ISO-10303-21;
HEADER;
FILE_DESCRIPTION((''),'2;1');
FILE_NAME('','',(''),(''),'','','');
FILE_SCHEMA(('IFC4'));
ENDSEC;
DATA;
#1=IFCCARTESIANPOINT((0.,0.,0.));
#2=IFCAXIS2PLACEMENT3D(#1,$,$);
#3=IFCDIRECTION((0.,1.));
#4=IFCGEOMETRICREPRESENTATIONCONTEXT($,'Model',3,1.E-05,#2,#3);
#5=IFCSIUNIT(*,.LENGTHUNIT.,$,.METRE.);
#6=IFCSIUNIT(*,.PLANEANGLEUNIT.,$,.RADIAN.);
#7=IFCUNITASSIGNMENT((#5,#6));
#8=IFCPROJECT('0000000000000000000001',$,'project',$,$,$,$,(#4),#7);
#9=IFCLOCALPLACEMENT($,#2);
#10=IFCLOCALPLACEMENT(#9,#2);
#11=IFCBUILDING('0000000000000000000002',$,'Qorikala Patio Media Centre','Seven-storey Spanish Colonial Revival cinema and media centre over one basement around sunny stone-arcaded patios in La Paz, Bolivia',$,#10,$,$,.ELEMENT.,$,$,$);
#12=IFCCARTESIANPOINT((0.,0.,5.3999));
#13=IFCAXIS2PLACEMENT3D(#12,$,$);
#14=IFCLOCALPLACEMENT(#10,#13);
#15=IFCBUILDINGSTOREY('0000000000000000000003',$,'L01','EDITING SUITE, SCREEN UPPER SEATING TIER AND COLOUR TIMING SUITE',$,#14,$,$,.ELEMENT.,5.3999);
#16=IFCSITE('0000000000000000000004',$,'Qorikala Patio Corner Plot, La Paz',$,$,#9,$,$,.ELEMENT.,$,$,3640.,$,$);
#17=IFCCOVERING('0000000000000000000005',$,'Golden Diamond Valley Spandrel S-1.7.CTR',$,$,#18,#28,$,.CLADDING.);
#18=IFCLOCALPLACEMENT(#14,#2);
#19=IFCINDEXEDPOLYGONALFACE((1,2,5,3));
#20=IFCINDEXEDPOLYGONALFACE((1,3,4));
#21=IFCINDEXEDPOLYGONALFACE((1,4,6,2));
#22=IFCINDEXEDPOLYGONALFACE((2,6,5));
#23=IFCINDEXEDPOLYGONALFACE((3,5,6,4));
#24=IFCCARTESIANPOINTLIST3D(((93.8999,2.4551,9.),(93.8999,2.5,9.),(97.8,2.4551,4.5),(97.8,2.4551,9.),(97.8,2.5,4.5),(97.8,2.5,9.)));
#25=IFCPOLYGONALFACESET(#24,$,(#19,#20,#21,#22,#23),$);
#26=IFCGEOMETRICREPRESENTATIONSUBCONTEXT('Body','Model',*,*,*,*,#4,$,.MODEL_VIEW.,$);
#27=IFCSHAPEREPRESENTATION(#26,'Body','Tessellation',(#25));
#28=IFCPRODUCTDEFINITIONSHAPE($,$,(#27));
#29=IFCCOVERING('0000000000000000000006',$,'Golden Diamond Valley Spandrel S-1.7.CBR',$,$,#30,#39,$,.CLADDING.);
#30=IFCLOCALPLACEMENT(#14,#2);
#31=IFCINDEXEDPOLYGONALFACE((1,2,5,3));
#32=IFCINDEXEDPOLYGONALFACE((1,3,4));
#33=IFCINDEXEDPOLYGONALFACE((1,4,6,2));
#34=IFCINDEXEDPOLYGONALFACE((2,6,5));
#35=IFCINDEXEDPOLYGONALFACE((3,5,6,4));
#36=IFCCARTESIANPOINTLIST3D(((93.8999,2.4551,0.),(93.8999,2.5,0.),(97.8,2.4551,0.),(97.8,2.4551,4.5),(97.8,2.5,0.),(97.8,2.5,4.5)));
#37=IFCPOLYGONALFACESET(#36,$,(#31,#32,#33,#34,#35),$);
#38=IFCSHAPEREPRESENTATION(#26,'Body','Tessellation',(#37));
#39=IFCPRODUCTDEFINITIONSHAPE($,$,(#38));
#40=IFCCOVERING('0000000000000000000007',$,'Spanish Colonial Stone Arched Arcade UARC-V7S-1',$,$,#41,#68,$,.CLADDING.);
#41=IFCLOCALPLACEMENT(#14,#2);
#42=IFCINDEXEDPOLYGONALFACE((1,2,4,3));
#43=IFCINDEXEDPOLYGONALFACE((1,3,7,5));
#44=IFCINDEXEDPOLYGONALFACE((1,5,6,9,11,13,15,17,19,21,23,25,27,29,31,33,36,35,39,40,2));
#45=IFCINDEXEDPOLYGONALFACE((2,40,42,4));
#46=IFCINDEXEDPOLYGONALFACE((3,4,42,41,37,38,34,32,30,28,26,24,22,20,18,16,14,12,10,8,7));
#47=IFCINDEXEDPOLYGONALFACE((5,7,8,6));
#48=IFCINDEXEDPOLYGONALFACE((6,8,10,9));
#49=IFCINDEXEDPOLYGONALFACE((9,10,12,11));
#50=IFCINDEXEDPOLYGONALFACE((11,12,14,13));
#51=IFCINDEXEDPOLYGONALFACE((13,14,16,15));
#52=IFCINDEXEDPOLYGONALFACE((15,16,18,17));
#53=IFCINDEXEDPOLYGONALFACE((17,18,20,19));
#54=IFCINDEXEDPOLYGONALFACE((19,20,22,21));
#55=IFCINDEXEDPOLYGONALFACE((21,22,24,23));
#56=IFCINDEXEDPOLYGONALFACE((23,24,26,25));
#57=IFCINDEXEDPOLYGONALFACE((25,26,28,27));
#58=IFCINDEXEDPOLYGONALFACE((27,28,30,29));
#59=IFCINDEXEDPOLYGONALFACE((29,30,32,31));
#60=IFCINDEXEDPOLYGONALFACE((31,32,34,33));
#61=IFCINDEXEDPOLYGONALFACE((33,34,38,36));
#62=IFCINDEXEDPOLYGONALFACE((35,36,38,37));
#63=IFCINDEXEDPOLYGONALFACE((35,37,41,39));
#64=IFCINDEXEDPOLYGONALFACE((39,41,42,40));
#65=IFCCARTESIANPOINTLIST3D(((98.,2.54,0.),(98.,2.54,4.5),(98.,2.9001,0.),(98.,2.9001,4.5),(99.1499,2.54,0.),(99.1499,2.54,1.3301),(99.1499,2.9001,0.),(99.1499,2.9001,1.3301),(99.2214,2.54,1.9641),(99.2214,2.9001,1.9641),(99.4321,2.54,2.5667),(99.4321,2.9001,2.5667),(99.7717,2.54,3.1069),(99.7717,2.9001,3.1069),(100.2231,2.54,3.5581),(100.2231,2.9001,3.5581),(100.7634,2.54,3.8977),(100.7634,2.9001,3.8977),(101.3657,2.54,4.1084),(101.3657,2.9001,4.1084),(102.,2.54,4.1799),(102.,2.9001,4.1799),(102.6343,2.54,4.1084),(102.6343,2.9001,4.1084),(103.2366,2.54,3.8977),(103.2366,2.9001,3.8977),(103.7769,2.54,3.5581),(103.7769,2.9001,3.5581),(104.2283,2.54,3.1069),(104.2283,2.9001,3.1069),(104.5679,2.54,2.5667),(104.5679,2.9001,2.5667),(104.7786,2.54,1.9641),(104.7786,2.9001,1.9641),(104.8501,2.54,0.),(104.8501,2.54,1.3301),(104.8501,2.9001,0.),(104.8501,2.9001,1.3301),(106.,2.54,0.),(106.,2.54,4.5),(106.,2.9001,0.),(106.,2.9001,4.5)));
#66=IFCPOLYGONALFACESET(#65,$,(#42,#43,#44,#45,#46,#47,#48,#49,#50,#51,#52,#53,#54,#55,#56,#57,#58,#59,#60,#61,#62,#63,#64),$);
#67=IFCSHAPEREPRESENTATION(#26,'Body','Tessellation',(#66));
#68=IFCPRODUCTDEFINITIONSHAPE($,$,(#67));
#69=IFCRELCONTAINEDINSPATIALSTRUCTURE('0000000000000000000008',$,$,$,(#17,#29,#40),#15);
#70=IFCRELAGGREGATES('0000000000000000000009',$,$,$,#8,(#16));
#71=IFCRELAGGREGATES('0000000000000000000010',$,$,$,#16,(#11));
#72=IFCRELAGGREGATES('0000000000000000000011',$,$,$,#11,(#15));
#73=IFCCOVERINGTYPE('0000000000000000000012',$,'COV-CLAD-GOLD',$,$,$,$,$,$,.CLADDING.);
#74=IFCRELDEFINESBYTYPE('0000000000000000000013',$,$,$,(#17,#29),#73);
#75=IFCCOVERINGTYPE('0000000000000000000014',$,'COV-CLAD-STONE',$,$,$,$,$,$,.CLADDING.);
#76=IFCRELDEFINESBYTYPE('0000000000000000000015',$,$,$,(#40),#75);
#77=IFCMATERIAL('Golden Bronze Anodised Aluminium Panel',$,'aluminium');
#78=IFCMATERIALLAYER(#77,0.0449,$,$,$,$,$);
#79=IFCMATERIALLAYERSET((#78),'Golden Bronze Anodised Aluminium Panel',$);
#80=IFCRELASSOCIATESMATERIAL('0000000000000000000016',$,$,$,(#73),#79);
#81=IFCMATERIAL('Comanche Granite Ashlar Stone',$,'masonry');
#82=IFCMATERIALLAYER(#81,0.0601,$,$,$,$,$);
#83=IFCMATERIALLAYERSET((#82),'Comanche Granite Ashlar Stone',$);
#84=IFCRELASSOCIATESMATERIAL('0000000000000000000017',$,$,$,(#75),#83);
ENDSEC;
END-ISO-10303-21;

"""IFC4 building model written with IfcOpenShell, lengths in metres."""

from ifc_helpers import new_model, si_unit, direction, frame, origin, place, context, subcontext, project, spatial, polyline, outline, extrude, material, layer, layer_set, type_object, element, save


model = new_model("IFC4")

# Units and contexts
model_context = context("Model", 3, precision=1e-05, world=origin(), true_north=direction((0.0, 1.0)))
body_context = subcontext(model_context, "Body", "Model", "MODEL_VIEW")
ifc_project = project(units=[si_unit("LENGTHUNIT", "METRE"), si_unit("PLANEANGLEUNIT", "RADIAN")], contexts=[model_context])

# Site, building, storey
site_placement = place(None, origin())
site = spatial("IfcSite", under=ifc_project, at=site_placement, Name="Qorikala Patio Corner Plot, La Paz", CompositionType="ELEMENT", RefElevation=3640.0)
building_placement = place(site_placement, origin())
building = spatial("IfcBuilding", under=site, at=building_placement, Name="Qorikala Patio Media Centre", Description="Seven-storey Spanish Colonial Revival cinema and media centre over one basement around sunny stone-arcaded patios in La Paz, Bolivia", CompositionType="ELEMENT")
storey_placement = place(building_placement, frame((0.0, 0.0, 5.3999)))
storey = spatial("IfcBuildingStorey", under=building, at=storey_placement, Name="L01", Description="EDITING SUITE, SCREEN UPPER SEATING TIER AND COLOUR TIMING SUITE", CompositionType="ELEMENT", Elevation=5.3999)

# Coverings
ifc_material_1 = material(Name="Golden Bronze Anodised Aluminium Panel", Category="aluminium")
ifc_layer_1 = layer(ifc_material_1, 0.0449)
ifc_layer_set_1 = layer_set([ifc_layer_1], Name="Golden Bronze Anodised Aluminium Panel")
covering_type_1 = type_object("IfcCoveringType", Name="COV-CLAD-GOLD", PredefinedType="CLADDING", material=ifc_layer_set_1)
covering_1_placement = place(storey_placement, frame((97.8, 2.5, 9.0), z_axis=(0.0, 1.0, 0.0), x_axis=(0.0, 0.0, -1.0)))
element("IfcCovering", 1, at=covering_1_placement, inside=storey, type_object=covering_type_1, Name="Golden Diamond Valley Spandrel S-1.7.CTR", PredefinedType="CLADDING", context=body_context, shape_type="SweptSolid", body=[
    extrude(outline(polyline([(0.0, 0.0), (4.5, 0.0), (0.0, 3.9001), (0.0, 0.0)])), origin(), (0.0, 0.0, -1.0), 0.0449),
])
covering_2_placement = place(storey_placement, frame((97.8, 2.5, 0.0), z_axis=(0.0, 1.0, 0.0), x_axis=(-1.0, 0.0, 0.0)))
element("IfcCovering", 2, at=covering_2_placement, inside=storey, type_object=covering_type_1, Name="Golden Diamond Valley Spandrel S-1.7.CBR", PredefinedType="CLADDING", context=body_context, shape_type="SweptSolid", body=[
    extrude(outline(polyline([(0.0, 0.0), (3.9001, 0.0), (0.0, 4.5), (0.0, 0.0)])), origin(), (0.0, 0.0, -1.0), 0.0449),
])
ifc_material_2 = material(Name="Comanche Granite Ashlar Stone", Category="masonry")
ifc_layer_2 = layer(ifc_material_2, 0.0601)
ifc_layer_set_2 = layer_set([ifc_layer_2], Name="Comanche Granite Ashlar Stone")
covering_type_2 = type_object("IfcCoveringType", Name="COV-CLAD-STONE", PredefinedType="CLADDING", material=ifc_layer_set_2)
covering_3_placement = place(storey_placement, frame((98.0, 2.72, 0.0), z_axis=(0.0, 0.0, 1.0), x_axis=(1.0, 0.0, 0.0)))
element("IfcCovering", 3, at=covering_3_placement, inside=storey, type_object=covering_type_2, Name="Spanish Colonial Stone Arched Arcade UARC-V7S-1", PredefinedType="CLADDING", context=body_context, shape_type="SweptSolid", body=[
    extrude(outline(polyline([(0.0, 0.0), (1.1499, 0.0), (1.1499, 1.3301), (1.2214, 1.9641), (1.4321, 2.5667), (1.7717, 3.1069), (2.2231, 3.5581), (2.7634, 3.8977), (3.3657, 4.1084), (4.0, 4.1799), (4.6343, 4.1084), (5.2366, 3.8977), (5.7769, 3.5581), (6.2283, 3.1069), (6.5679, 2.5667), (6.7786, 1.9641), (6.8501, 1.3301), (6.8501, 0.0), (8.0, 0.0), (8.0, 4.5), (0.0, 4.5), (0.0, 0.0)])), frame((0.0, 0.1802, 0.0), z_axis=(0.0, -1.0, 0.0), x_axis=(1.0, 0.0, 0.0)), (0.0, 0.0, 1.0), 0.3601),
])

save(model, "model.ifc")
